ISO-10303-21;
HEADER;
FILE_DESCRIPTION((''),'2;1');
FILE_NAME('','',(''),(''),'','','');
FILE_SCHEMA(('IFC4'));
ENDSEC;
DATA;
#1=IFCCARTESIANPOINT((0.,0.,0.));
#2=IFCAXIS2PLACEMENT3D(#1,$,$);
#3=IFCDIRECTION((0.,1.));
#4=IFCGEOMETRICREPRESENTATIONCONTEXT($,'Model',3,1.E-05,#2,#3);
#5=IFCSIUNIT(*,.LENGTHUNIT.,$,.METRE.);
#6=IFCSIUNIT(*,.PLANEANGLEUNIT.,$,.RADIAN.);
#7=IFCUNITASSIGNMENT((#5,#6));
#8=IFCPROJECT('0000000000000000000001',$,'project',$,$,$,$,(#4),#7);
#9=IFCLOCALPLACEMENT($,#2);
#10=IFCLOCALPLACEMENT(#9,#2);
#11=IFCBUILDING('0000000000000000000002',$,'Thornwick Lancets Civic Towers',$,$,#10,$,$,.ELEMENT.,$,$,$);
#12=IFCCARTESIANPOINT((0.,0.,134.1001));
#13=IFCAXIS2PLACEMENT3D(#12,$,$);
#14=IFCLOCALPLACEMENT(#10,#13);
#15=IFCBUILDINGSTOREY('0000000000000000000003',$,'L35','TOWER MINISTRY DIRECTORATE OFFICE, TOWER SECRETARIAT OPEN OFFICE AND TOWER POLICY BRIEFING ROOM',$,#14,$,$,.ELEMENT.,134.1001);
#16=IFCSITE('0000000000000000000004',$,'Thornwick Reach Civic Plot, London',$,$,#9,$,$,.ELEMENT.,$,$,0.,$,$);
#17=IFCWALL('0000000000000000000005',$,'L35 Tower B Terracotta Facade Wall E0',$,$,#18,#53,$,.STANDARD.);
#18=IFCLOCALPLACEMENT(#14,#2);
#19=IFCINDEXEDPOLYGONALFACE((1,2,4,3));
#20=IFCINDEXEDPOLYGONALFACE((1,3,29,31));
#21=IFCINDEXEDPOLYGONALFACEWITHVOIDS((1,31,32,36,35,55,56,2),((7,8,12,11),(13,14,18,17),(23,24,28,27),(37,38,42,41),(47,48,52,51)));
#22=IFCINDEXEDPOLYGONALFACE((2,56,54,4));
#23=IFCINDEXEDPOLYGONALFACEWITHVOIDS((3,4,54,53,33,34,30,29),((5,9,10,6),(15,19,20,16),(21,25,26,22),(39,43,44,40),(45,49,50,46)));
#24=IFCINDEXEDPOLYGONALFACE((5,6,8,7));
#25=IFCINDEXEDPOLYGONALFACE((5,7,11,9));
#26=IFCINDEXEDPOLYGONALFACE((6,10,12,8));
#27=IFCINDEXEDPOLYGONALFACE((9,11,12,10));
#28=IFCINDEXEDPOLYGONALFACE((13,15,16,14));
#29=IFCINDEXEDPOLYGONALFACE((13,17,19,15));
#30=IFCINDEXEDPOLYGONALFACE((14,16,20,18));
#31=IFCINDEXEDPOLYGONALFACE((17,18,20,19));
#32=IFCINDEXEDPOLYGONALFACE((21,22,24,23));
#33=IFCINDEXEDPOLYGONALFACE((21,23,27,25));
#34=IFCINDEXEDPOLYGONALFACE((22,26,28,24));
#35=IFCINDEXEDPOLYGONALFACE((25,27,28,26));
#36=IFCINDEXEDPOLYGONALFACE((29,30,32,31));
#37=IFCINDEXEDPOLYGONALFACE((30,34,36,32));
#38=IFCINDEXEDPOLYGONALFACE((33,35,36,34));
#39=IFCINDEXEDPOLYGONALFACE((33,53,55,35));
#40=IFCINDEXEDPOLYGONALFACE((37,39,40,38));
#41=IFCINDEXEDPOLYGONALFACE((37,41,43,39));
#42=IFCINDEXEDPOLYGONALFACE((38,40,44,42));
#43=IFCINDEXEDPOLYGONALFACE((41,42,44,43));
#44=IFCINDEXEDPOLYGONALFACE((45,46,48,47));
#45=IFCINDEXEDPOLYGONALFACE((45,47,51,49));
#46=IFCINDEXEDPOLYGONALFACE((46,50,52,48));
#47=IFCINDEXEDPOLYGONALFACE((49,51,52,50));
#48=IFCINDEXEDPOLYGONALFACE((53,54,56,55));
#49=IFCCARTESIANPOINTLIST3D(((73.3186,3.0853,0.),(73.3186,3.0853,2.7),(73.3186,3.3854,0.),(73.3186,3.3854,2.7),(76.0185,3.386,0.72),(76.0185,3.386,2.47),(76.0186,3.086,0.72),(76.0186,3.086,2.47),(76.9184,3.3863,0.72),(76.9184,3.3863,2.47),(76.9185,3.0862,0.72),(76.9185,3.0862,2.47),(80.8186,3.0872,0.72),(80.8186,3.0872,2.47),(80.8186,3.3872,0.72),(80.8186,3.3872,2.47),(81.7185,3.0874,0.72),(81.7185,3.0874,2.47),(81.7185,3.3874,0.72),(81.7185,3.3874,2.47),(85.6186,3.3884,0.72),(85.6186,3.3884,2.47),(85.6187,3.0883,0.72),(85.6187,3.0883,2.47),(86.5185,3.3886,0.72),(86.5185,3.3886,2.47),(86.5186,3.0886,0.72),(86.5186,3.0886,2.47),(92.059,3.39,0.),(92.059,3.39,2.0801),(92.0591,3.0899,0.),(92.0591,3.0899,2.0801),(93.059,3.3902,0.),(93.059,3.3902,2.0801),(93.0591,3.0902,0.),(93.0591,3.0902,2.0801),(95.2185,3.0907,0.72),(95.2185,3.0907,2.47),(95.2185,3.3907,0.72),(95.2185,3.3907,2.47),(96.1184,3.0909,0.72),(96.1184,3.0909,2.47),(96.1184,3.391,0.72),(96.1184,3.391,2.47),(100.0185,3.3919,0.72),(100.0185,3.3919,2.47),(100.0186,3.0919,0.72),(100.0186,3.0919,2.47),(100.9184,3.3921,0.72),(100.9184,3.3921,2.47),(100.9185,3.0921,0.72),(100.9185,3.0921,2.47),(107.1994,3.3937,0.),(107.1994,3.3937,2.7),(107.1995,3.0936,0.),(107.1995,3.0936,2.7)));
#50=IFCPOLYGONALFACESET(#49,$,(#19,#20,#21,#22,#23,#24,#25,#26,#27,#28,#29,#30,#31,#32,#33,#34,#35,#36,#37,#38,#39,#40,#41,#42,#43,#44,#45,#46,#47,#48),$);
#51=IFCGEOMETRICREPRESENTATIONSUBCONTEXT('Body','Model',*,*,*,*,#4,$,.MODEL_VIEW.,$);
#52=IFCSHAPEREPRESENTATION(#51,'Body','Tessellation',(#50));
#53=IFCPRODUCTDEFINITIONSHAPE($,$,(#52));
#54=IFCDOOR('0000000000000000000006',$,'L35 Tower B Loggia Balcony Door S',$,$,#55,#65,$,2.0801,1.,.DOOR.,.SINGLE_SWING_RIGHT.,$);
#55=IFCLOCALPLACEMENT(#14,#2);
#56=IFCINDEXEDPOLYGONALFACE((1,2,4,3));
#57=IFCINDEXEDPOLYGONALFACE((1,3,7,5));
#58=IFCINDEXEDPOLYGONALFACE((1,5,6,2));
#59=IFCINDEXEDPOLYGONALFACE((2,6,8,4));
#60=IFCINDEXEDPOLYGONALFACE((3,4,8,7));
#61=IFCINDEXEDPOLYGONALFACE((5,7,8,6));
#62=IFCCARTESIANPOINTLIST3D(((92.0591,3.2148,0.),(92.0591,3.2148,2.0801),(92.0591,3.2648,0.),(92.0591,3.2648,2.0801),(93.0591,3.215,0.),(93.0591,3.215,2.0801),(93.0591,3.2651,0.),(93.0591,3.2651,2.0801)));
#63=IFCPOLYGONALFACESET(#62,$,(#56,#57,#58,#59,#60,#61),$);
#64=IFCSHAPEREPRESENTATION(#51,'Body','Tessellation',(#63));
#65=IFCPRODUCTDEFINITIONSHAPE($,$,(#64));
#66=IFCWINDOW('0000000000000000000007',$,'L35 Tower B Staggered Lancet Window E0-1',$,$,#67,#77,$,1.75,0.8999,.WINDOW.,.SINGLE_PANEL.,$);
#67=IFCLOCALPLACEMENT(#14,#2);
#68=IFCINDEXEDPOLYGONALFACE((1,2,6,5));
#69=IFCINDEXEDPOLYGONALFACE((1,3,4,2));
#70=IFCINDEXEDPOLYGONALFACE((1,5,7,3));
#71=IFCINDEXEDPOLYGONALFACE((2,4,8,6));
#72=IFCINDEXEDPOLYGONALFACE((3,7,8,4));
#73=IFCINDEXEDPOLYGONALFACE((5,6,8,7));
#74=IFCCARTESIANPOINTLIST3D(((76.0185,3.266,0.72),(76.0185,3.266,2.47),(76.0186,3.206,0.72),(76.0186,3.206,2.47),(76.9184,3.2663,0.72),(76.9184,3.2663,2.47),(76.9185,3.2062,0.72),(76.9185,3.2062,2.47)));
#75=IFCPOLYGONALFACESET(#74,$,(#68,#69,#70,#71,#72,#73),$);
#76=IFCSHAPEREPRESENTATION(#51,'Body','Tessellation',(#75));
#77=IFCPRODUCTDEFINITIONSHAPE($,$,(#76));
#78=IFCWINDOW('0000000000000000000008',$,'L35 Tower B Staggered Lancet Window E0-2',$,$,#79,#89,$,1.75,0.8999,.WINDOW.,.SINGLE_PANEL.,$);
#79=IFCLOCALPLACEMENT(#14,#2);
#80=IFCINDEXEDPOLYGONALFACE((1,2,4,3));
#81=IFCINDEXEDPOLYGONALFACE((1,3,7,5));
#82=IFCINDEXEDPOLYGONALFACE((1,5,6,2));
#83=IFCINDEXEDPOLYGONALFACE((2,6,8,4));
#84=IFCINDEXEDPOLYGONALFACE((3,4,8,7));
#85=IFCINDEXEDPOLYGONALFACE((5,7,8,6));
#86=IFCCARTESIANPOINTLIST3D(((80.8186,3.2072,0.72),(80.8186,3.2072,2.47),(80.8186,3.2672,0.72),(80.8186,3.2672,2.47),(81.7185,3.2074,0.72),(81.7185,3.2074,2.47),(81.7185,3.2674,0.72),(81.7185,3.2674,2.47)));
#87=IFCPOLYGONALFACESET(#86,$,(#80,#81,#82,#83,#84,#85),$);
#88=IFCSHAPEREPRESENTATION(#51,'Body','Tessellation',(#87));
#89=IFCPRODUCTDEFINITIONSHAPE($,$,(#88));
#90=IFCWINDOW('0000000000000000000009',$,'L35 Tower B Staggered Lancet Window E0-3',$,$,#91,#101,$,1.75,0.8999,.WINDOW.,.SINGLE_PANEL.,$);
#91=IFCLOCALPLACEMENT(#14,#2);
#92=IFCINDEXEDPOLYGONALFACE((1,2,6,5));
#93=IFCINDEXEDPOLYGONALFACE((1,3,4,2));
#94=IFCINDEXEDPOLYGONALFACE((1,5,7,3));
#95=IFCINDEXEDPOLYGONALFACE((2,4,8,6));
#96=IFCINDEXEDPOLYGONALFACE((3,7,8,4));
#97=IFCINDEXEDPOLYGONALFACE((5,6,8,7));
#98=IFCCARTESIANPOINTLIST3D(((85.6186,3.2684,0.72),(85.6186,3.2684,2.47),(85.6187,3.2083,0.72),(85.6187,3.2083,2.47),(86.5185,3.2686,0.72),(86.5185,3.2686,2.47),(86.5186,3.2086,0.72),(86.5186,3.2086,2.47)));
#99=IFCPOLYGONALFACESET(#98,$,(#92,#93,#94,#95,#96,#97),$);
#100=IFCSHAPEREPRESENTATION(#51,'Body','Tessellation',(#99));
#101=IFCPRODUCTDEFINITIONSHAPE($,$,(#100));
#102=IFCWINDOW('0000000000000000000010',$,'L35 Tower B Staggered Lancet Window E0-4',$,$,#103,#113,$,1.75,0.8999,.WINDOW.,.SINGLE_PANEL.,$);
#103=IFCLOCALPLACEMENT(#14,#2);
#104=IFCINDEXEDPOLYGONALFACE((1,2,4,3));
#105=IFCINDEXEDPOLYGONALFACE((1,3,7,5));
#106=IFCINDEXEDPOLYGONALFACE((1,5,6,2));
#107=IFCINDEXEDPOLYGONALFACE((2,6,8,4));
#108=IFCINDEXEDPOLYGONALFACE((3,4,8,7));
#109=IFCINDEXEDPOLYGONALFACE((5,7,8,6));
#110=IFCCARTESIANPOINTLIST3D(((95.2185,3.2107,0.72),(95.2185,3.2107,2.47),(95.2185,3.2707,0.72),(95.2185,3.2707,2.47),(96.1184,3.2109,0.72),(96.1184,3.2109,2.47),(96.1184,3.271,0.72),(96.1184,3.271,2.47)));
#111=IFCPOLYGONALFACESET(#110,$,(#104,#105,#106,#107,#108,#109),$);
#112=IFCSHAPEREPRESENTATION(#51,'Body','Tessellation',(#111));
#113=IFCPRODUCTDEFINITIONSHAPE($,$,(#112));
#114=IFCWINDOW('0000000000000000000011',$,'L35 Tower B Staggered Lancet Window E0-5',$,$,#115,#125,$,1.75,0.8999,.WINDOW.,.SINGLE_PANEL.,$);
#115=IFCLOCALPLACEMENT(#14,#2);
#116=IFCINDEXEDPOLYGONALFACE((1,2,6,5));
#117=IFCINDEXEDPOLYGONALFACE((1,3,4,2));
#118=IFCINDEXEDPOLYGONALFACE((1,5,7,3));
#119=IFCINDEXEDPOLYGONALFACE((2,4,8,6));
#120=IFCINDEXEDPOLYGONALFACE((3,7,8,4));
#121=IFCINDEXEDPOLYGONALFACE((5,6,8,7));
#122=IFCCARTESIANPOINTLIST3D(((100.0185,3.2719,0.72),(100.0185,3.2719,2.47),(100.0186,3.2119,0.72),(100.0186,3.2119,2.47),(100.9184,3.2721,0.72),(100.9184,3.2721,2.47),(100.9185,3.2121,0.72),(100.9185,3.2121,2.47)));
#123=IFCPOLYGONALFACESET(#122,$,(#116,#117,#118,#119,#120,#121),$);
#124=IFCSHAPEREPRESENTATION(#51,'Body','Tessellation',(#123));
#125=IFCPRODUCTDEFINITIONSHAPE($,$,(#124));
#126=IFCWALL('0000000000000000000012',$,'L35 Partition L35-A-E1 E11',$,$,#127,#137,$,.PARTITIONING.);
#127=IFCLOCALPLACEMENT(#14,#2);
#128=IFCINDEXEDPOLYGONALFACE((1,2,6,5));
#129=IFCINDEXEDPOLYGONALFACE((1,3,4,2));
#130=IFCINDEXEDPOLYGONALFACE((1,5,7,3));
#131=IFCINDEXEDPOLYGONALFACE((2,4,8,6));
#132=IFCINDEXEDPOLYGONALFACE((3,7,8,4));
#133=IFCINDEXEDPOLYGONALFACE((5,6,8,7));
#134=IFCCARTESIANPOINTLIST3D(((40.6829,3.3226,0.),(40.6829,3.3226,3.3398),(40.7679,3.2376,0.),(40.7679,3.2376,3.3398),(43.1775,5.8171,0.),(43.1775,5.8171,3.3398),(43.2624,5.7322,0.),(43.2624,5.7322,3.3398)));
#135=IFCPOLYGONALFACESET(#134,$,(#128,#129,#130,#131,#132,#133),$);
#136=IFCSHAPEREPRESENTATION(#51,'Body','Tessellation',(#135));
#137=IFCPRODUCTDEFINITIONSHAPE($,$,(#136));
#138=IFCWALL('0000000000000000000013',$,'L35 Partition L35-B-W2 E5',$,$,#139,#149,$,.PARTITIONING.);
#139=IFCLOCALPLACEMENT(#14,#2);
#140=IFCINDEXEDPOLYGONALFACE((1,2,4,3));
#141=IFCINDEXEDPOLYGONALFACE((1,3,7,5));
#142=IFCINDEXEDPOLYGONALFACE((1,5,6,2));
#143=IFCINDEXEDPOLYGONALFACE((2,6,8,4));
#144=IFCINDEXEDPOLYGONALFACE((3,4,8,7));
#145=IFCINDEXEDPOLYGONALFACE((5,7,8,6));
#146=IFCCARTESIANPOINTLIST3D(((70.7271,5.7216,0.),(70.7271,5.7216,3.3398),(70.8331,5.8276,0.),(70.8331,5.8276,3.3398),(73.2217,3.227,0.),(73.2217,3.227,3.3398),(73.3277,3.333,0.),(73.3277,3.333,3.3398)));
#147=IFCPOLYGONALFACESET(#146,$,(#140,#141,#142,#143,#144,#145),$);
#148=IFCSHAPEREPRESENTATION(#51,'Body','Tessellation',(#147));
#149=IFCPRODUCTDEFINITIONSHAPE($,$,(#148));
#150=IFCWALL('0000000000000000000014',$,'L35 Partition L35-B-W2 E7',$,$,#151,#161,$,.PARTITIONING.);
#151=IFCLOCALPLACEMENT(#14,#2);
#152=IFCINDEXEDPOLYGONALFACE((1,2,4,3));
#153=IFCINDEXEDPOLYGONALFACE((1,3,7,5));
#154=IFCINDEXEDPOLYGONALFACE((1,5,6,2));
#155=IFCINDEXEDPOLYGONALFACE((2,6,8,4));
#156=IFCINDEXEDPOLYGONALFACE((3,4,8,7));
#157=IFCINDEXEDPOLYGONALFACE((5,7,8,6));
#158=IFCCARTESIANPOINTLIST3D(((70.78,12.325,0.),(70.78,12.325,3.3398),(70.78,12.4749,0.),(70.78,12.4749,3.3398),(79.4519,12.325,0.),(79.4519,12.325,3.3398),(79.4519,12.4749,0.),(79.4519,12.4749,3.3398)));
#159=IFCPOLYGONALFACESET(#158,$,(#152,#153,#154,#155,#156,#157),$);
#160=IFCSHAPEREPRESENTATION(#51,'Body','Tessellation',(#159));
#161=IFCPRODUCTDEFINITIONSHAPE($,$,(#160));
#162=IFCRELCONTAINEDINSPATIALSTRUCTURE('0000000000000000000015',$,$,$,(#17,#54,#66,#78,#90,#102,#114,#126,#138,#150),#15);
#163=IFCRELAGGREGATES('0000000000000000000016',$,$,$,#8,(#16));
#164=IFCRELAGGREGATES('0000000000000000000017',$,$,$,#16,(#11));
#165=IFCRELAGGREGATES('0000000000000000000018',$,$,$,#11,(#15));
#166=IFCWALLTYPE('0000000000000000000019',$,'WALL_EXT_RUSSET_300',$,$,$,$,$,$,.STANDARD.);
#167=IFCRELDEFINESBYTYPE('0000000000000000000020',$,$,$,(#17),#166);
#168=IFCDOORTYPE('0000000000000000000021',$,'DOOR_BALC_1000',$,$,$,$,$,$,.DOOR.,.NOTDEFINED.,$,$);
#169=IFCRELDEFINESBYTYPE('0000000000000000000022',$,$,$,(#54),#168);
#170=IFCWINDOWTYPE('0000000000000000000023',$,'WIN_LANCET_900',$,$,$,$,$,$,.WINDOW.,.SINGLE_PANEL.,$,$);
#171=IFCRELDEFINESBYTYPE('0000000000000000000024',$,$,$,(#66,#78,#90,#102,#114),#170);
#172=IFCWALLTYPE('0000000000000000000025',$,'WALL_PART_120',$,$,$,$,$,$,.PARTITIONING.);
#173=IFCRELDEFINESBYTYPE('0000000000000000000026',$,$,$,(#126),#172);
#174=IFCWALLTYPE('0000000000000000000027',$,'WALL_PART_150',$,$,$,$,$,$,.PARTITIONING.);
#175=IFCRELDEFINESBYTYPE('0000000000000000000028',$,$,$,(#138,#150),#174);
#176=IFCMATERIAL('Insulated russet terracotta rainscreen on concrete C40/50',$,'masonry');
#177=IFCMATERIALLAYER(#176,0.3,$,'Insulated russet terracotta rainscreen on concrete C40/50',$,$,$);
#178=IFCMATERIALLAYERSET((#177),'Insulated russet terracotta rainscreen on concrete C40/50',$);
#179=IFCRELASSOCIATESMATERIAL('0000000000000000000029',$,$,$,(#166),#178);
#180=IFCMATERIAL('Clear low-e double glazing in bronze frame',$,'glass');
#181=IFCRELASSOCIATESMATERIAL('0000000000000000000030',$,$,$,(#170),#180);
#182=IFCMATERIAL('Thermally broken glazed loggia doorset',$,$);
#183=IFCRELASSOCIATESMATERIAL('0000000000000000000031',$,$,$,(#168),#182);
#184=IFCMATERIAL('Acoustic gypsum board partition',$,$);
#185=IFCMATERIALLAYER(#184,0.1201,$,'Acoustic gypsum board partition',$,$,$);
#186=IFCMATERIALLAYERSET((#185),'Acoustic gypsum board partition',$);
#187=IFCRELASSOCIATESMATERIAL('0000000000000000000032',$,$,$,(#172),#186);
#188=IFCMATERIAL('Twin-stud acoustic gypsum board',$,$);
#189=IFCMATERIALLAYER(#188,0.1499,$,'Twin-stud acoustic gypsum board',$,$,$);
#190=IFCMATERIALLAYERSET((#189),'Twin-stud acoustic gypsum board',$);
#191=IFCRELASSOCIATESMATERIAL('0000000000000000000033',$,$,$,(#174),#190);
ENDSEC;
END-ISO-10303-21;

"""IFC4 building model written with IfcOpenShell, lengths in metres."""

from ifc_helpers import new_model, si_unit, direction, frame, frame_2d, origin, place, context, subcontext, project, spatial, rectangle, extrude, material, layer, layer_set, type_object, element, fill, save


model = new_model("IFC4")

# Units and contexts
model_context = context("Model", 3, precision=1e-05, world=origin(), true_north=direction((0.0, 1.0)))
body_context = subcontext(model_context, "Body", "Model", "MODEL_VIEW")
ifc_project = project(units=[si_unit("LENGTHUNIT", "METRE"), si_unit("PLANEANGLEUNIT", "RADIAN")], contexts=[model_context])

# Site, building, storey
site_placement = place(None, origin())
site = spatial("IfcSite", under=ifc_project, at=site_placement, Name="Thornwick Reach Civic Plot, London", CompositionType="ELEMENT", RefElevation=0.0)
building_placement = place(site_placement, origin())
building = spatial("IfcBuilding", under=site, at=building_placement, Name="Thornwick Lancets Civic Towers", CompositionType="ELEMENT")
storey_placement = place(building_placement, frame((0.0, 0.0, 134.1001)))
storey = spatial("IfcBuildingStorey", under=building, at=storey_placement, Name="L35", Description="TOWER MINISTRY DIRECTORATE OFFICE, TOWER SECRETARIAT OPEN OFFICE AND TOWER POLICY BRIEFING ROOM", CompositionType="ELEMENT", Elevation=134.1001)

# Shared definitions
ifc_material_1 = material(Name="Insulated russet terracotta rainscreen on concrete C40/50", Category="masonry")
ifc_layer_1 = layer(ifc_material_1, 0.3, Name="Insulated russet terracotta rainscreen on concrete C40/50")
ifc_layer_set_1 = layer_set([ifc_layer_1], Name="Insulated russet terracotta rainscreen on concrete C40/50")
wall_type_1 = type_object("IfcWallType", Name="WALL_EXT_RUSSET_300", PredefinedType="STANDARD", material=ifc_layer_set_1)
ifc_material_2 = material(Name="Clear low-e double glazing in bronze frame", Category="glass")
window_type = type_object("IfcWindowType", Name="WIN_LANCET_900", PartitioningType="SINGLE_PANEL", PredefinedType="WINDOW", material=ifc_material_2)

# Wall, openings, door, windows
wall_1_placement = place(storey_placement, frame((73.3186, 3.2354, 0.0), z_axis=(0.0, 0.0, 1.0), x_axis=(1.0, 0.000245, 0.0)))
wall_1 = element("IfcWall", 1, at=wall_1_placement, inside=storey, type_object=wall_type_1, Name="L35 Tower B Terracotta Facade Wall E0", PredefinedType="STANDARD", context=body_context, shape_type="SweptSolid", body=[
    extrude(rectangle(XDim=33.8809, YDim=0.3, at=frame_2d((16.9404, 0.0))), origin(), (0.0, 0.0, 1.0), 2.7),
])
opening_1_placement = place(wall_1_placement, frame((18.7405, 0.0, 0.0)))
opening_1 = element("IfcOpeningElement", 2, at=opening_1_placement, cuts=wall_1, PredefinedType="OPENING", context=body_context, shape_type="SweptSolid", body=[
    extrude(rectangle(XDim=1.0, YDim=2.0801, at=frame_2d((0.5, 1.04))), frame((0.0, 0.1602, 0.0), z_axis=(0.0, -1.0, 0.0), x_axis=(1.0, 0.0, 0.0)), (0.0, 0.0, 1.0), 0.3201),
])
opening_2_placement = place(wall_1_placement, frame((2.7, 0.0, 0.72)))
opening_2 = element("IfcOpeningElement", 3, at=opening_2_placement, cuts=wall_1, PredefinedType="OPENING", context=body_context, shape_type="SweptSolid", body=[
    extrude(rectangle(XDim=0.8999, YDim=1.75, at=frame_2d((0.45, 0.875))), frame((0.0, 0.1602, 0.0), z_axis=(0.0, -1.0, 0.0), x_axis=(1.0, 0.0, 0.0)), (0.0, 0.0, 1.0), 0.3201),
])
opening_3_placement = place(wall_1_placement, frame((7.5, 0.0, 0.72)))
opening_3 = element("IfcOpeningElement", 4, at=opening_3_placement, cuts=wall_1, PredefinedType="OPENING", context=body_context, shape_type="SweptSolid", body=[
    extrude(rectangle(XDim=0.8999, YDim=1.75, at=frame_2d((0.45, 0.875))), frame((0.0, 0.1602, 0.0), z_axis=(0.0, -1.0, 0.0), x_axis=(1.0, 0.0, 0.0)), (0.0, 0.0, 1.0), 0.3201),
])
opening_4_placement = place(wall_1_placement, frame((12.3, 0.0, 0.72)))
opening_4 = element("IfcOpeningElement", 5, at=opening_4_placement, cuts=wall_1, PredefinedType="OPENING", context=body_context, shape_type="SweptSolid", body=[
    extrude(rectangle(XDim=0.8999, YDim=1.75, at=frame_2d((0.45, 0.875))), frame((0.0, 0.1602, 0.0), z_axis=(0.0, -1.0, 0.0), x_axis=(1.0, 0.0, 0.0)), (0.0, 0.0, 1.0), 0.3201),
])
opening_5_placement = place(wall_1_placement, frame((21.8999, 0.0, 0.72)))
opening_5 = element("IfcOpeningElement", 6, at=opening_5_placement, cuts=wall_1, PredefinedType="OPENING", context=body_context, shape_type="SweptSolid", body=[
    extrude(rectangle(XDim=0.8999, YDim=1.75, at=frame_2d((0.45, 0.875))), frame((0.0, 0.1602, 0.0), z_axis=(0.0, -1.0, 0.0), x_axis=(1.0, 0.0, 0.0)), (0.0, 0.0, 1.0), 0.3201),
])
opening_6_placement = place(wall_1_placement, frame((26.7, 0.0, 0.72)))
opening_6 = element("IfcOpeningElement", 7, at=opening_6_placement, cuts=wall_1, PredefinedType="OPENING", context=body_context, shape_type="SweptSolid", body=[
    extrude(rectangle(XDim=0.8999, YDim=1.75, at=frame_2d((0.45, 0.875))), frame((0.0, 0.1602, 0.0), z_axis=(0.0, -1.0, 0.0), x_axis=(1.0, 0.0, 0.0)), (0.0, 0.0, 1.0), 0.3201),
])
ifc_material_3 = material(Name="Thermally broken glazed loggia doorset")
door_type = type_object("IfcDoorType", Name="DOOR_BALC_1000", OperationType="NOTDEFINED", PredefinedType="DOOR", material=ifc_material_3)
door_placement = place(opening_1_placement, origin())
door = element("IfcDoor", 8, at=door_placement, inside=storey, type_object=door_type, Name="L35 Tower B Loggia Balcony Door S", OperationType="SINGLE_SWING_RIGHT", OverallHeight=2.0801, OverallWidth=1.0, PredefinedType="DOOR", context=body_context, shape_type="SweptSolid", body=[
    extrude(rectangle(XDim=1.0, YDim=2.0801, at=frame_2d((0.5, 1.04))), frame((0.0, 0.0249, 0.0), z_axis=(0.0, -1.0, 0.0), x_axis=(1.0, 0.0, 0.0)), (0.0, 0.0, 1.0), 0.05),
])
fill(opening_1, door)
window_1_placement = place(opening_2_placement, origin())
window_1 = element("IfcWindow", 9, at=window_1_placement, inside=storey, type_object=window_type, Name="L35 Tower B Staggered Lancet Window E0-1", OverallHeight=1.75, OverallWidth=0.8999, PartitioningType="SINGLE_PANEL", PredefinedType="WINDOW", context=body_context, shape_type="SweptSolid", body=[
    extrude(rectangle(XDim=0.8999, YDim=1.75, at=frame_2d((0.45, 0.875))), frame((0.0, 0.03, 0.0), z_axis=(0.0, -1.0, 0.0), x_axis=(1.0, 0.0, 0.0)), (0.0, 0.0, 1.0), 0.0601),
])
fill(opening_2, window_1)
window_2_placement = place(opening_3_placement, origin())
window_2 = element("IfcWindow", 10, at=window_2_placement, inside=storey, type_object=window_type, Name="L35 Tower B Staggered Lancet Window E0-2", OverallHeight=1.75, OverallWidth=0.8999, PartitioningType="SINGLE_PANEL", PredefinedType="WINDOW", context=body_context, shape_type="SweptSolid", body=[
    extrude(rectangle(XDim=0.8999, YDim=1.75, at=frame_2d((0.45, 0.875))), frame((0.0, 0.03, 0.0), z_axis=(0.0, -1.0, 0.0), x_axis=(1.0, 0.0, 0.0)), (0.0, 0.0, 1.0), 0.0601),
])
fill(opening_3, window_2)
window_3_placement = place(opening_4_placement, origin())
window_3 = element("IfcWindow", 11, at=window_3_placement, inside=storey, type_object=window_type, Name="L35 Tower B Staggered Lancet Window E0-3", OverallHeight=1.75, OverallWidth=0.8999, PartitioningType="SINGLE_PANEL", PredefinedType="WINDOW", context=body_context, shape_type="SweptSolid", body=[
    extrude(rectangle(XDim=0.8999, YDim=1.75, at=frame_2d((0.45, 0.875))), frame((0.0, 0.03, 0.0), z_axis=(0.0, -1.0, 0.0), x_axis=(1.0, 0.0, 0.0)), (0.0, 0.0, 1.0), 0.0601),
])
fill(opening_4, window_3)
window_4_placement = place(opening_5_placement, origin())
window_4 = element("IfcWindow", 12, at=window_4_placement, inside=storey, type_object=window_type, Name="L35 Tower B Staggered Lancet Window E0-4", OverallHeight=1.75, OverallWidth=0.8999, PartitioningType="SINGLE_PANEL", PredefinedType="WINDOW", context=body_context, shape_type="SweptSolid", body=[
    extrude(rectangle(XDim=0.8999, YDim=1.75, at=frame_2d((0.45, 0.875))), frame((0.0, 0.03, 0.0), z_axis=(0.0, -1.0, 0.0), x_axis=(1.0, 0.0, 0.0)), (0.0, 0.0, 1.0), 0.0601),
])
fill(opening_5, window_4)
window_5_placement = place(opening_6_placement, origin())
window_5 = element("IfcWindow", 13, at=window_5_placement, inside=storey, type_object=window_type, Name="L35 Tower B Staggered Lancet Window E0-5", OverallHeight=1.75, OverallWidth=0.8999, PartitioningType="SINGLE_PANEL", PredefinedType="WINDOW", context=body_context, shape_type="SweptSolid", body=[
    extrude(rectangle(XDim=0.8999, YDim=1.75, at=frame_2d((0.45, 0.875))), frame((0.0, 0.03, 0.0), z_axis=(0.0, -1.0, 0.0), x_axis=(1.0, 0.0, 0.0)), (0.0, 0.0, 1.0), 0.0601),
])
fill(opening_6, window_5)

# Walls
ifc_material_4 = material(Name="Acoustic gypsum board partition")
ifc_layer_2 = layer(ifc_material_4, 0.1201, Name="Acoustic gypsum board partition")
ifc_layer_set_2 = layer_set([ifc_layer_2], Name="Acoustic gypsum board partition")
wall_type_2 = type_object("IfcWallType", Name="WALL_PART_120", PredefinedType="PARTITIONING", material=ifc_layer_set_2)
wall_2_placement = place(storey_placement, frame((43.22, 5.7747, 0.0), z_axis=(0.0, 0.0, 1.0), x_axis=(-0.707107, -0.707107, 0.0)))
element("IfcWall", 14, at=wall_2_placement, inside=storey, type_object=wall_type_2, Name="L35 Partition L35-A-E1 E11", PredefinedType="PARTITIONING", context=body_context, shape_type="SweptSolid", body=[
    extrude(rectangle(XDim=3.5278, YDim=0.1201, at=frame_2d((1.7639, 0.0))), origin(), (0.0, 0.0, 1.0), 3.3398),
])
ifc_material_5 = material(Name="Twin-stud acoustic gypsum board")
ifc_layer_3 = layer(ifc_material_5, 0.1499, Name="Twin-stud acoustic gypsum board")
ifc_layer_set_3 = layer_set([ifc_layer_3], Name="Twin-stud acoustic gypsum board")
wall_type_3 = type_object("IfcWallType", Name="WALL_PART_150", PredefinedType="PARTITIONING", material=ifc_layer_set_3)
wall_3_placement = place(storey_placement, frame((73.2747, 3.28, 0.0), z_axis=(0.0, 0.0, 1.0), x_axis=(-0.707107, 0.707107, 0.0)))
element("IfcWall", 15, at=wall_3_placement, inside=storey, type_object=wall_type_3, Name="L35 Partition L35-B-W2 E5", PredefinedType="PARTITIONING", context=body_context, shape_type="SweptSolid", body=[
    extrude(rectangle(XDim=3.5278, YDim=0.1499, at=frame_2d((1.7639, 0.0))), origin(), (0.0, 0.0, 1.0), 3.3398),
])
wall_4_placement = place(storey_placement, frame((70.78, 12.3999, 0.0), z_axis=(0.0, 0.0, 1.0), x_axis=(1.0, 0.0, 0.0)))
element("IfcWall", 16, at=wall_4_placement, inside=storey, type_object=wall_type_3, Name="L35 Partition L35-B-W2 E7", PredefinedType="PARTITIONING", context=body_context, shape_type="SweptSolid", body=[
    extrude(rectangle(XDim=8.6719, YDim=0.1499, at=frame_2d((4.3359, 0.0))), origin(), (0.0, 0.0, 1.0), 3.3398),
])

save(model, "model.ifc")
